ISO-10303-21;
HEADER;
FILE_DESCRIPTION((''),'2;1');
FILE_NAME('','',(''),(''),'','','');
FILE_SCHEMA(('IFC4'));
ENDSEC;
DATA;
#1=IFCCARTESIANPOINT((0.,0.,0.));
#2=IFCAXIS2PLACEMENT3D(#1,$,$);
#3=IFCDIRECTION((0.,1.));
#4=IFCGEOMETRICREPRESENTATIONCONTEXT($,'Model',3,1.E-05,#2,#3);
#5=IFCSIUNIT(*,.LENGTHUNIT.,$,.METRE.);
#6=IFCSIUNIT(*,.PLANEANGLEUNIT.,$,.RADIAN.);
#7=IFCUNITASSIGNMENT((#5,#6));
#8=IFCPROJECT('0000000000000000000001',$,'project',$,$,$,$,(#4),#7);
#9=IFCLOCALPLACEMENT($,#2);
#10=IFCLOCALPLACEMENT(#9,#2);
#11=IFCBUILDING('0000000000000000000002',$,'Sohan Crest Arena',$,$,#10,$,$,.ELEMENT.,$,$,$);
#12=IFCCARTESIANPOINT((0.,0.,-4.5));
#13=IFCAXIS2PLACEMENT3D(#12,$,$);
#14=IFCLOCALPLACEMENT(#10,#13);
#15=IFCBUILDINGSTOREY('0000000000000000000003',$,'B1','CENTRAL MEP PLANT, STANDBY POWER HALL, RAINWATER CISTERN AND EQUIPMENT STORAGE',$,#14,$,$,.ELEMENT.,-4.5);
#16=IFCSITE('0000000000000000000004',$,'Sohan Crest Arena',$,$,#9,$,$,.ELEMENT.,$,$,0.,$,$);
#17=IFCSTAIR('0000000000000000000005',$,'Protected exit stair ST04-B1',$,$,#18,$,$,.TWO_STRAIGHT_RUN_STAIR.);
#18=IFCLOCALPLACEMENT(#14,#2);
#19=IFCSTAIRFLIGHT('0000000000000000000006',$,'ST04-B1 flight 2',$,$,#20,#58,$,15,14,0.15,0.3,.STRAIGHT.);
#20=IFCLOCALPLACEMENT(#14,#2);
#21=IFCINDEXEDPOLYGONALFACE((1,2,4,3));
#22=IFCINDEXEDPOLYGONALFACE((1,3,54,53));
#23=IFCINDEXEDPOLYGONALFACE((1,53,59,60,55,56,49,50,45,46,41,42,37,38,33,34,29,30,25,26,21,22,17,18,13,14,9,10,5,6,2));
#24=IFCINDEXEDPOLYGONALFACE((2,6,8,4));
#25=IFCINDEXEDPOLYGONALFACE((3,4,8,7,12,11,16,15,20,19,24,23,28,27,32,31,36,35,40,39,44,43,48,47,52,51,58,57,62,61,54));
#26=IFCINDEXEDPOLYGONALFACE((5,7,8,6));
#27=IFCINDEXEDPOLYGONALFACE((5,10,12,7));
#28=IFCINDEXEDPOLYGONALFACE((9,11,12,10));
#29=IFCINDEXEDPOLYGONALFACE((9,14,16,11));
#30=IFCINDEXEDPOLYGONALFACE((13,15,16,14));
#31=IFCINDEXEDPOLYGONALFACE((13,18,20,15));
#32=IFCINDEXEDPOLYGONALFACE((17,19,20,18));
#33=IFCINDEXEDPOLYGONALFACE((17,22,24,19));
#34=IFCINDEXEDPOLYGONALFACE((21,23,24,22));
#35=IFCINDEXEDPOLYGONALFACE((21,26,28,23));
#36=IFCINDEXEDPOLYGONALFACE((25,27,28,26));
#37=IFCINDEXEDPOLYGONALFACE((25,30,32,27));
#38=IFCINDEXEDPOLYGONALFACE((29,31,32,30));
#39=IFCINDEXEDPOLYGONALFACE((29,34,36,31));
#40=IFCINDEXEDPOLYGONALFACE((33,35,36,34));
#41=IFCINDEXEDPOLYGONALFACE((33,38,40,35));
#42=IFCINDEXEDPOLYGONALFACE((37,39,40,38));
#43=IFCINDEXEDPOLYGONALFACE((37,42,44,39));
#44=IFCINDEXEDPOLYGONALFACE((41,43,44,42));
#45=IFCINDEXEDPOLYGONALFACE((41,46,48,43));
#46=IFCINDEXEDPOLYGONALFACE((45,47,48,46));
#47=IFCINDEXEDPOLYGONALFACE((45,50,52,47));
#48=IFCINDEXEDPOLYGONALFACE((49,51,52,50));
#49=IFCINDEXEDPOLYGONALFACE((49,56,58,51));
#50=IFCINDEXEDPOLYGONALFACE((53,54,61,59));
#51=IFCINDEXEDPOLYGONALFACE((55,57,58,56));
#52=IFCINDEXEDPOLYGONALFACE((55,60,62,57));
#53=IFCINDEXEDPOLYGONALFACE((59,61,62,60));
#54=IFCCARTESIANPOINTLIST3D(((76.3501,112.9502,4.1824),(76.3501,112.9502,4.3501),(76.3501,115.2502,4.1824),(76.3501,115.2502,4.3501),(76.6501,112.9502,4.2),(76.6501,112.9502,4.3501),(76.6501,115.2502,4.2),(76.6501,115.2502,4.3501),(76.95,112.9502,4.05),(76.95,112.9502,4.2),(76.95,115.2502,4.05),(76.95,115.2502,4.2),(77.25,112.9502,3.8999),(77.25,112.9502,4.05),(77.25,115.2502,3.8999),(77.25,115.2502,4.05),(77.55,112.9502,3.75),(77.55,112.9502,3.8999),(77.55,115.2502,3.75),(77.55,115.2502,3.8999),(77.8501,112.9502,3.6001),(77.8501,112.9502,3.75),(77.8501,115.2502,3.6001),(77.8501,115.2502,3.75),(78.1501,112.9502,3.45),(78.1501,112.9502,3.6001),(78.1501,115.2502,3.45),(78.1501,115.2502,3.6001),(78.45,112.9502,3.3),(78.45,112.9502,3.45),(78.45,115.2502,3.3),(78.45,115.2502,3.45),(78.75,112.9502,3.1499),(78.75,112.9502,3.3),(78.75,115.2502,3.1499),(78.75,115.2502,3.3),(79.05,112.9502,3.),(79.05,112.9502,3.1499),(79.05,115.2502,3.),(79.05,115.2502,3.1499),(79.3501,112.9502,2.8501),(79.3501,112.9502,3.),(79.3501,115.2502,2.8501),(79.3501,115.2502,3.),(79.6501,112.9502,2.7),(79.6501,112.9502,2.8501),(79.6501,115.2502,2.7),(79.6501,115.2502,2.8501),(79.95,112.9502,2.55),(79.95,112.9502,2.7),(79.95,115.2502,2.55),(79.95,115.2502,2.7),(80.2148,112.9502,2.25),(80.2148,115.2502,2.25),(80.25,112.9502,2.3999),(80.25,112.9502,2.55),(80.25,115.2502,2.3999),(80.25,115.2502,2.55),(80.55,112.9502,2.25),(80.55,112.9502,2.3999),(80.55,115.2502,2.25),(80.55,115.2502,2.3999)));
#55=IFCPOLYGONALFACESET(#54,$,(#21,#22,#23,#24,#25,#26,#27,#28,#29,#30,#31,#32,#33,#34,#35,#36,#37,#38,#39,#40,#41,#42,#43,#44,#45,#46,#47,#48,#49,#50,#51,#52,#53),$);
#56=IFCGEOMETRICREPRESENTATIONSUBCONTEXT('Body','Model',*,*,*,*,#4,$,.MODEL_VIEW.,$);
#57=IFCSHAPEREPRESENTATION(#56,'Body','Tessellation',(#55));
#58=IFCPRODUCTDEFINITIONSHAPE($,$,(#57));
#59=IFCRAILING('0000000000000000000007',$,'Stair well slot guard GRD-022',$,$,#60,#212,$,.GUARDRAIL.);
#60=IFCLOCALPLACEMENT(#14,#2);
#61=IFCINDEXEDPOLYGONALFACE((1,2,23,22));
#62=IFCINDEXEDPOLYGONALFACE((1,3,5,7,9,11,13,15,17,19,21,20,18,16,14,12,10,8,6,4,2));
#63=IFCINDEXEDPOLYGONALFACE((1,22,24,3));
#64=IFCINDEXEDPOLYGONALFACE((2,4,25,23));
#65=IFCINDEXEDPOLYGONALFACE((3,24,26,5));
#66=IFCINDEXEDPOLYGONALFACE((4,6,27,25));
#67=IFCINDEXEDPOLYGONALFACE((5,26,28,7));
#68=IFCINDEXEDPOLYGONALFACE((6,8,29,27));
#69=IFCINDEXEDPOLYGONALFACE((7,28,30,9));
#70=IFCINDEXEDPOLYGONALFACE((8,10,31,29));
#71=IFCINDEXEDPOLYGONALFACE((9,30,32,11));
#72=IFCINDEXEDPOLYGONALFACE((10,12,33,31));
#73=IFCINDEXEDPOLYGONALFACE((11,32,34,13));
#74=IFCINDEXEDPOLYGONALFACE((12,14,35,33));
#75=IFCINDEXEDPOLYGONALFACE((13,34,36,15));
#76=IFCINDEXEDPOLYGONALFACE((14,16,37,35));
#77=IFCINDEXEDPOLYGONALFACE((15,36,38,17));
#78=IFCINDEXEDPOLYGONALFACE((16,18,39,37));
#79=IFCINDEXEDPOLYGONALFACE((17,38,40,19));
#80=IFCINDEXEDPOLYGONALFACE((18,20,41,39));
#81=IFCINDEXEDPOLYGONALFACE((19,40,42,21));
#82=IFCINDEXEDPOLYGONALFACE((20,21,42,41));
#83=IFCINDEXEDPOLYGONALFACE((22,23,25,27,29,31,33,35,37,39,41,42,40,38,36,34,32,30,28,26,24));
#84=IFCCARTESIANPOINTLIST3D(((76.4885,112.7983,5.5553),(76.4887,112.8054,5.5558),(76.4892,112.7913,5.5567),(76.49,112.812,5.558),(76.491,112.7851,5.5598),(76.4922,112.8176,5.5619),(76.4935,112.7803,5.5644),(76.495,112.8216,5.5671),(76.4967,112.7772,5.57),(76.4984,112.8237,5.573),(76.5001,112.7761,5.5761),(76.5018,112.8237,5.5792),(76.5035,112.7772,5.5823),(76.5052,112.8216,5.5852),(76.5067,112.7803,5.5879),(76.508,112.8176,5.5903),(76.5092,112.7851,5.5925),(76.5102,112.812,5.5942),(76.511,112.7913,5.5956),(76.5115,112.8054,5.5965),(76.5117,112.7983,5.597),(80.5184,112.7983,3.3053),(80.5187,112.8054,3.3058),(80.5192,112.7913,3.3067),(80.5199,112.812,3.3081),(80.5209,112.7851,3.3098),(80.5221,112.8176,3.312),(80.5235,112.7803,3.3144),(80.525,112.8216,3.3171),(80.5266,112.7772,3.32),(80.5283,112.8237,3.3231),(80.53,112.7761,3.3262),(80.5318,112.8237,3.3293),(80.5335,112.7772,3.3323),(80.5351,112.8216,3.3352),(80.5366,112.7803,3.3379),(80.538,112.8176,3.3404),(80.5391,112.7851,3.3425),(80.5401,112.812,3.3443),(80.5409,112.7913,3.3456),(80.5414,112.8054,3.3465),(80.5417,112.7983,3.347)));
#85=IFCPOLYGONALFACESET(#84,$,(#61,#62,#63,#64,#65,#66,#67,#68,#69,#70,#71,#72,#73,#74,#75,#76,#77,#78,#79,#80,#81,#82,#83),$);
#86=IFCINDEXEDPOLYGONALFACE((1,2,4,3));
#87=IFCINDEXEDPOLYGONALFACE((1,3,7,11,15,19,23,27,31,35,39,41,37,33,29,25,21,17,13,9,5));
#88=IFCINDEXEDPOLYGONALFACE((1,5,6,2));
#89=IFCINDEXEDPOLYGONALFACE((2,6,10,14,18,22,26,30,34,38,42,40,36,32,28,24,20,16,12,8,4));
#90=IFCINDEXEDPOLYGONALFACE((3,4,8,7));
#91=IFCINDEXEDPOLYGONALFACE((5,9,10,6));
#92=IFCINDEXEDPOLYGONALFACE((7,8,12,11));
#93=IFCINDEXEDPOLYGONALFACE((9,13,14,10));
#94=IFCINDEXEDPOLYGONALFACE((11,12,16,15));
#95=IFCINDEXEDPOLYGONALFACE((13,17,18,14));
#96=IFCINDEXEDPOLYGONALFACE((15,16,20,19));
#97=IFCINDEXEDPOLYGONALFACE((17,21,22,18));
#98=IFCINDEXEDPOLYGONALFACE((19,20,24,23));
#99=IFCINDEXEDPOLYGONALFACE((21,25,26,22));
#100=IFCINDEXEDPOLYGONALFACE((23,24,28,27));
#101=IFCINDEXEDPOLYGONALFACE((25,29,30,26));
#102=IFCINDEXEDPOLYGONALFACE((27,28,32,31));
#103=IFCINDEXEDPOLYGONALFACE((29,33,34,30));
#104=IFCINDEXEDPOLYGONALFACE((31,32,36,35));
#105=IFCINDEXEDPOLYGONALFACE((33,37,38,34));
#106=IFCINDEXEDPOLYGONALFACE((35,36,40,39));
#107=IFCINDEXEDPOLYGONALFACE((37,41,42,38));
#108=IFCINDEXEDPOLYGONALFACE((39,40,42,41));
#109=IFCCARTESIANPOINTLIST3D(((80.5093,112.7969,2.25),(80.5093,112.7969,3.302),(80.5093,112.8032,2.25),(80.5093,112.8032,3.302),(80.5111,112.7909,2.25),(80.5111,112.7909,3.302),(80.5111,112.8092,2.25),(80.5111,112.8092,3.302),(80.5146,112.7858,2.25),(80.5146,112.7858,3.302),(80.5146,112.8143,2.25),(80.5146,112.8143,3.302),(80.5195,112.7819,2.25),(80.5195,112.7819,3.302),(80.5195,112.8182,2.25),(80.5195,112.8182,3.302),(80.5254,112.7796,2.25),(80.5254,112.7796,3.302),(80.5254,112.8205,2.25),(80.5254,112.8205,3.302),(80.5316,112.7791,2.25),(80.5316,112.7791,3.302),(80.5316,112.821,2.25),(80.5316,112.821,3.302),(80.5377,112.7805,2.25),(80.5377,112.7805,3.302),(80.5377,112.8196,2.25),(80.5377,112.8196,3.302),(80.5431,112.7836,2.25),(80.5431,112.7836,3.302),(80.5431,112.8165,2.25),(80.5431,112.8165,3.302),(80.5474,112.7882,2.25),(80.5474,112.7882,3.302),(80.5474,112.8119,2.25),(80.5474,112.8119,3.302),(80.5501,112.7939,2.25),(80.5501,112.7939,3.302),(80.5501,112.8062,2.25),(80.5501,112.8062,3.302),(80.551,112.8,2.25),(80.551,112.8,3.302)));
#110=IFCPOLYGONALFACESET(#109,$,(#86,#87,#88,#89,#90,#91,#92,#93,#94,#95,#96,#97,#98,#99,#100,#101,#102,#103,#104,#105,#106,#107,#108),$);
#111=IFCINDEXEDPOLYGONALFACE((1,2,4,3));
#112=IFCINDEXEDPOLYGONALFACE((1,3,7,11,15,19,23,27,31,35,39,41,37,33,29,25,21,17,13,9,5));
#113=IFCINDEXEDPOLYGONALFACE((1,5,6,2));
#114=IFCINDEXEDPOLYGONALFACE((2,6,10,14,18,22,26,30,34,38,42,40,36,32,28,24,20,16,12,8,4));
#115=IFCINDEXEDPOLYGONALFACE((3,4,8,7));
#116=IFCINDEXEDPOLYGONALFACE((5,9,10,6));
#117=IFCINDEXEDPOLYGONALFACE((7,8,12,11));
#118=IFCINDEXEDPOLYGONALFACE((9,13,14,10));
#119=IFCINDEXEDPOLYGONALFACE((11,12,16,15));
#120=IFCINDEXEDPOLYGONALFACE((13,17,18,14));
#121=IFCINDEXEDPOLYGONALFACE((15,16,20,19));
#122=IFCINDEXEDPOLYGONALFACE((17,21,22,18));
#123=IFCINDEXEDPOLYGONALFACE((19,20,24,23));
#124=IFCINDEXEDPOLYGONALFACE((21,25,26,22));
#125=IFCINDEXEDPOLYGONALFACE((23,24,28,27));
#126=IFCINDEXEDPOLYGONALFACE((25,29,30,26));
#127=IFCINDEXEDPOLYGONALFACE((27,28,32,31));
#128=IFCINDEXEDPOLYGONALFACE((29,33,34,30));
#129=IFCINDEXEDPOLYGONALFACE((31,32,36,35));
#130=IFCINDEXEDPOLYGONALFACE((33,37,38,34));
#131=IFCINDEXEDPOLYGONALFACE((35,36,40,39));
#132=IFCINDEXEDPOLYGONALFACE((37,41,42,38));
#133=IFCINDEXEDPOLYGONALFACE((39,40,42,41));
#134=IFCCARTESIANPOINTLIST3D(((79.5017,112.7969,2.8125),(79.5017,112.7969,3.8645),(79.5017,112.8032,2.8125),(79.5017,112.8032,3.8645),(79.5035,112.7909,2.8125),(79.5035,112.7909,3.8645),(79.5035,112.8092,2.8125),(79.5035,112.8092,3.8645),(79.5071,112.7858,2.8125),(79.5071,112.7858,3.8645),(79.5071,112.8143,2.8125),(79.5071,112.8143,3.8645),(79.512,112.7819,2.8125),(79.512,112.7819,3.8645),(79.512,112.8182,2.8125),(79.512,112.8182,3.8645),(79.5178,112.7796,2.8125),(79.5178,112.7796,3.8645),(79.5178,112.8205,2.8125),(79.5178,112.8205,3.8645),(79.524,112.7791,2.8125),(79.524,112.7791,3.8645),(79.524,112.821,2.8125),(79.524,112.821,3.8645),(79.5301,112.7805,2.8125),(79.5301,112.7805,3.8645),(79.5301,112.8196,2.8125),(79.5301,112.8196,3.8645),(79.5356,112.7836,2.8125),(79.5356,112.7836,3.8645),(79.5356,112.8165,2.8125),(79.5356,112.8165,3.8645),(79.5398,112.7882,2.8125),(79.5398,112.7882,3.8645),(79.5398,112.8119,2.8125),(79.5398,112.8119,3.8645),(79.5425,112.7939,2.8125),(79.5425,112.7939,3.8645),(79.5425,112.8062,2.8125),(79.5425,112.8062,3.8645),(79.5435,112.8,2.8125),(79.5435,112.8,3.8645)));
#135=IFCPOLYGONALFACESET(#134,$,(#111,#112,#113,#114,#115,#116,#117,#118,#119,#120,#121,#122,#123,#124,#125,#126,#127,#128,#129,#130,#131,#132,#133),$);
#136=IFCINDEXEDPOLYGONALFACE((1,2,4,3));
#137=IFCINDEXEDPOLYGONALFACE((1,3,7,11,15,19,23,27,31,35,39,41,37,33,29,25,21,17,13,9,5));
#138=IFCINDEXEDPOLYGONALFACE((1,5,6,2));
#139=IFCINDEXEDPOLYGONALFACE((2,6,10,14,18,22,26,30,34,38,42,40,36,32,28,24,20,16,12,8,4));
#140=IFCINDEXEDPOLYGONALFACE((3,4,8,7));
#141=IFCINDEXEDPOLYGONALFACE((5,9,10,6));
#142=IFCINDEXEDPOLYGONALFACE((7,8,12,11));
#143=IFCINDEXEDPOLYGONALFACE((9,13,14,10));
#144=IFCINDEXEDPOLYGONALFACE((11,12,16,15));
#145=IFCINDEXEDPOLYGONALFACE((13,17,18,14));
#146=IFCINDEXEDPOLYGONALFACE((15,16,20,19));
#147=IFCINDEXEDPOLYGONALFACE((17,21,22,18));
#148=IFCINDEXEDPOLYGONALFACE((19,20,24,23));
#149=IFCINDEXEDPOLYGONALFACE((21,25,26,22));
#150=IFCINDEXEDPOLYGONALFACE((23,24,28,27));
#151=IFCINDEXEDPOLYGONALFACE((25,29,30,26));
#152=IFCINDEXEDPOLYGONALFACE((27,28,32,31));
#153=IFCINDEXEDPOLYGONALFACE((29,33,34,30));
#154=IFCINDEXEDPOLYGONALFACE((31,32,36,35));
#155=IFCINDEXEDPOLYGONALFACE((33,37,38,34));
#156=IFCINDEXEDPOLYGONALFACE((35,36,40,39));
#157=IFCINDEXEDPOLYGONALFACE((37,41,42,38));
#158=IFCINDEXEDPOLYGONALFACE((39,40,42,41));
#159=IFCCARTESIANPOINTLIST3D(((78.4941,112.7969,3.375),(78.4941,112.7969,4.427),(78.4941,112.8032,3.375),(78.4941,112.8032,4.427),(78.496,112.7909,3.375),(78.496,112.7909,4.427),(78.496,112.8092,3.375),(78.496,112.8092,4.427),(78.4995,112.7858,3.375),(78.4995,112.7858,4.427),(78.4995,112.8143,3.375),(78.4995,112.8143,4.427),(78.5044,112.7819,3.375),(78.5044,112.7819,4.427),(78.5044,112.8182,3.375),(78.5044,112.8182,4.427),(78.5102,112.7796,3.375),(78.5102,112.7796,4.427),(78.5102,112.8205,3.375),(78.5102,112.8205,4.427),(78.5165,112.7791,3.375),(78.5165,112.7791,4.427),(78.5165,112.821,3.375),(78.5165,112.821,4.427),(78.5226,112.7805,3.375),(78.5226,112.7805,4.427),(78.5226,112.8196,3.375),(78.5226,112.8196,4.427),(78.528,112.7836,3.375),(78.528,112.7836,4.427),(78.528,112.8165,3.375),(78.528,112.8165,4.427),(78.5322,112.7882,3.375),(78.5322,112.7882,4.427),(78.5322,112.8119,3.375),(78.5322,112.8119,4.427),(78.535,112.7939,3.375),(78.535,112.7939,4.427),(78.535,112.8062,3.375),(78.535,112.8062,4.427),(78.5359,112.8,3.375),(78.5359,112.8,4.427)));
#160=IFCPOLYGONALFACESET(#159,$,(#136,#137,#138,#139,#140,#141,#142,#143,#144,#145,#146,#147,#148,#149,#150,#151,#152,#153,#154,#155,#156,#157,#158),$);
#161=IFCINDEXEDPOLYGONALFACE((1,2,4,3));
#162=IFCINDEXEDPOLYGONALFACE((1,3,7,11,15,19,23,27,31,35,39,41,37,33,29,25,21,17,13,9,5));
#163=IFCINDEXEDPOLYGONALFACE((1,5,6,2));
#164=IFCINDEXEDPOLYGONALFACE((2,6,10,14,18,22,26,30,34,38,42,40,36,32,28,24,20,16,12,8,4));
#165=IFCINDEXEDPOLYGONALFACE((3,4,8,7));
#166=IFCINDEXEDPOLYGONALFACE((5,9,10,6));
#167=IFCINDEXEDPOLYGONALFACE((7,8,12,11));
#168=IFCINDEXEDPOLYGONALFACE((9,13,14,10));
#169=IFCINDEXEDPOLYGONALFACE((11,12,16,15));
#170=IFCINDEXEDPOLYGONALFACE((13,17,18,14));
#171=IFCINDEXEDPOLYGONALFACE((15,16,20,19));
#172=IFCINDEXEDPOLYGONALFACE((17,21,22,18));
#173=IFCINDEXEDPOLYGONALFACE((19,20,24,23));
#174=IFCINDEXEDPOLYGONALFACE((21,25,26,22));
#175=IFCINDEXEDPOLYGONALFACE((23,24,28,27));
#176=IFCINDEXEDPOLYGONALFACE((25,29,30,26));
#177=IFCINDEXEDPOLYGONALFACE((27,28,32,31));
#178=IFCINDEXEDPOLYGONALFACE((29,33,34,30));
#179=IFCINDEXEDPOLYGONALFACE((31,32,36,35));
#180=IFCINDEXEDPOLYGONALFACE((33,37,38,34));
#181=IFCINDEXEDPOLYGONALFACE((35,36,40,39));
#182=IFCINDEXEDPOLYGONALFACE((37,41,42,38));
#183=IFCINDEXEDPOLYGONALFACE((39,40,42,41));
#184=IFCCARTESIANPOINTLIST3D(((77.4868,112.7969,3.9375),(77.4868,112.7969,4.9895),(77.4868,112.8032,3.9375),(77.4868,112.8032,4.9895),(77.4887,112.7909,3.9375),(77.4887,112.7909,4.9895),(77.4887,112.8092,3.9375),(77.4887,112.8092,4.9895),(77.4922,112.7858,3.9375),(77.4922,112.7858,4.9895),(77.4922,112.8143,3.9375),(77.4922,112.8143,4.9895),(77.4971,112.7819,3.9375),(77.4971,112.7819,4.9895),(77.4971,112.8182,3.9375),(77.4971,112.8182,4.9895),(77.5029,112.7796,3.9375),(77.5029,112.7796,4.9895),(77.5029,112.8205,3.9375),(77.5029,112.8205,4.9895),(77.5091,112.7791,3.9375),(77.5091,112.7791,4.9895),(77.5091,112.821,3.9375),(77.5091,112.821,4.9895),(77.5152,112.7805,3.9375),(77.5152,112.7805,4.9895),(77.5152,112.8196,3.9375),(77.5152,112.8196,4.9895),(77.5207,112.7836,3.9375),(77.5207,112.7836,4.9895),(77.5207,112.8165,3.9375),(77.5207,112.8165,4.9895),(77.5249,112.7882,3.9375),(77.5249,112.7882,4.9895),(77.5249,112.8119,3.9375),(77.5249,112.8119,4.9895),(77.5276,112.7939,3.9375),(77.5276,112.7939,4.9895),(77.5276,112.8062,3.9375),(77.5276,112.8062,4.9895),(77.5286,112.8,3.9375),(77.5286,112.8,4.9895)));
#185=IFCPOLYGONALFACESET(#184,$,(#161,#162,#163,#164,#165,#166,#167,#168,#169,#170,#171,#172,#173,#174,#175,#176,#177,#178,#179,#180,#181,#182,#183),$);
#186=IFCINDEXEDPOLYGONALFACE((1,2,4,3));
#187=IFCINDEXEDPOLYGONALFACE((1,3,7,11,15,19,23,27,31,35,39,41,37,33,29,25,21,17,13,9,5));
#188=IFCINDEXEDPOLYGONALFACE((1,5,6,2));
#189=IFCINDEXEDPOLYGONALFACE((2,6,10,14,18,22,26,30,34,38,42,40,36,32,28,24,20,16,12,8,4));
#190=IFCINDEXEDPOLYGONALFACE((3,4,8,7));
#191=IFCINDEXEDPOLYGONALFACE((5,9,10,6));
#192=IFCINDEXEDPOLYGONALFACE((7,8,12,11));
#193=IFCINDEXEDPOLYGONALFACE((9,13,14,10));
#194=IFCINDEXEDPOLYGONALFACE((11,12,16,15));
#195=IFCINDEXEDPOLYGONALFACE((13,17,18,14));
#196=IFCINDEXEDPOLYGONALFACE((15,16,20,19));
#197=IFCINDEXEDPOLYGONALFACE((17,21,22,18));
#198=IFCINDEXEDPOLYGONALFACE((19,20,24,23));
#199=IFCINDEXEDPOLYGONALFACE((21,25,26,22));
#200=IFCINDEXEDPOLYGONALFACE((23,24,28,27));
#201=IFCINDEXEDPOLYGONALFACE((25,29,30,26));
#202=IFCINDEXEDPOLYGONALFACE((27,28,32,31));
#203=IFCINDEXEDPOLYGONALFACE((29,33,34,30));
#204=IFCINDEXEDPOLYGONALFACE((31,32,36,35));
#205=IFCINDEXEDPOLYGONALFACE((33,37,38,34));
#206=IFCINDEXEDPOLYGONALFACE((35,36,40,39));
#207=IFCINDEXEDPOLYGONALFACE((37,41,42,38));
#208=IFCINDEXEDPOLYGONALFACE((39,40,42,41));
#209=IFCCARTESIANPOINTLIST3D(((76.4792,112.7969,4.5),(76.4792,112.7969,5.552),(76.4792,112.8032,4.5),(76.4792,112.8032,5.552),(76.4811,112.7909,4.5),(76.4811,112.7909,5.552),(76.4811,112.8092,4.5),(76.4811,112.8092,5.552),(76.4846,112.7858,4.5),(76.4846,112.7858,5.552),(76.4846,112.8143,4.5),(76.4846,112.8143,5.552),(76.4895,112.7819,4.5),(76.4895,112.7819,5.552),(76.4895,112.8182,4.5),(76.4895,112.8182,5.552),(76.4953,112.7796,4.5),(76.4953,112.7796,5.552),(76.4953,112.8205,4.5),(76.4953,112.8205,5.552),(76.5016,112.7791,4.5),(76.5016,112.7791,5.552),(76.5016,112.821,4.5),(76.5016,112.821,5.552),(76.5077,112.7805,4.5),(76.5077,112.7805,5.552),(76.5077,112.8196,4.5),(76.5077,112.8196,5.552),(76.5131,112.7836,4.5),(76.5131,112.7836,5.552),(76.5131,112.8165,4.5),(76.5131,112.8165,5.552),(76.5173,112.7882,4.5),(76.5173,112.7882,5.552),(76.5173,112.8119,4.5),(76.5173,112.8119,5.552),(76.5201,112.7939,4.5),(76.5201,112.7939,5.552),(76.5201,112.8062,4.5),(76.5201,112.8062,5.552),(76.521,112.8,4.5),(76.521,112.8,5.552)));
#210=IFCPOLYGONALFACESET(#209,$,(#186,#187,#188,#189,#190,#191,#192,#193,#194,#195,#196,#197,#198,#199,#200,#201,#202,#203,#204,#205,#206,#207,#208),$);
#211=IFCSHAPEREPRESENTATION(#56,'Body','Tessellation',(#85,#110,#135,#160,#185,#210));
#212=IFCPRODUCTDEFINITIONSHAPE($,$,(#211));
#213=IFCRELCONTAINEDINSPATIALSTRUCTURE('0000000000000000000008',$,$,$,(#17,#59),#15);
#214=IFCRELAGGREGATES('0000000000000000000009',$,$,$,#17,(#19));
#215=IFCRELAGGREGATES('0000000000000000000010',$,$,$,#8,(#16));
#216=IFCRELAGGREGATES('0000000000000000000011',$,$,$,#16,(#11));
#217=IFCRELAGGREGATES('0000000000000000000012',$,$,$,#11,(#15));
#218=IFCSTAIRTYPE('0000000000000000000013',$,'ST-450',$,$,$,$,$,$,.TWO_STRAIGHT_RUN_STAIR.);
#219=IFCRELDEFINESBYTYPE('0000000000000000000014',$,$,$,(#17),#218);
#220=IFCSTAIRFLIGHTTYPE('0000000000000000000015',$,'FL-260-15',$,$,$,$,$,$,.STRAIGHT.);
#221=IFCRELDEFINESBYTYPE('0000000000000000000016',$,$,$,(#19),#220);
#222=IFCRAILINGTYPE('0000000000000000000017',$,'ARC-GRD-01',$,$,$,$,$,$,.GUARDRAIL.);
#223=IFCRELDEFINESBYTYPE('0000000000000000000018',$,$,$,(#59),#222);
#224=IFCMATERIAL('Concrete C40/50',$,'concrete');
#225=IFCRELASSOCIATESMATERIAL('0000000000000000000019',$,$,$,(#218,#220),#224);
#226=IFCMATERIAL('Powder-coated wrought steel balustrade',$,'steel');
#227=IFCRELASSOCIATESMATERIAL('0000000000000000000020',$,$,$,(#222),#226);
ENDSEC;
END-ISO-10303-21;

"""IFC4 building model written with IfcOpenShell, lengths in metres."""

from ifc_helpers import new_model, si_unit, direction, frame, origin, origin_2d, place, context, subcontext, project, spatial, polyline, circle, outline, extrude, material, type_object, element, aggregate, save


model = new_model("IFC4")

# Units and contexts
model_context = context("Model", 3, precision=1e-05, world=origin(), true_north=direction((0.0, 1.0)))
body_context = subcontext(model_context, "Body", "Model", "MODEL_VIEW")
ifc_project = project(units=[si_unit("LENGTHUNIT", "METRE"), si_unit("PLANEANGLEUNIT", "RADIAN")], contexts=[model_context])

# Site, building, storey
site_placement = place(None, origin())
site = spatial("IfcSite", under=ifc_project, at=site_placement, Name="Sohan Crest Arena", CompositionType="ELEMENT", RefElevation=0.0)
building_placement = place(site_placement, origin())
building = spatial("IfcBuilding", under=site, at=building_placement, Name="Sohan Crest Arena", CompositionType="ELEMENT")
storey_placement = place(building_placement, frame((0.0, 0.0, -4.5)))
storey = spatial("IfcBuildingStorey", under=building, at=storey_placement, Name="B1", Description="CENTRAL MEP PLANT, STANDBY POWER HALL, RAINWATER CISTERN AND EQUIPMENT STORAGE", CompositionType="ELEMENT", Elevation=-4.5)

# Shared definitions
ifc_material_1 = material(Name="Concrete C40/50", Category="concrete")

# Stair, stair flight
stair_type = type_object("IfcStairType", Name="ST-450", PredefinedType="TWO_STRAIGHT_RUN_STAIR", material=ifc_material_1)
stair_placement = place(storey_placement, origin())
stair = element("IfcStair", 1, at=stair_placement, inside=storey, type_object=stair_type, Name="Protected exit stair ST04-B1", PredefinedType="TWO_STRAIGHT_RUN_STAIR")
stair_flight_type = type_object("IfcStairFlightType", Name="FL-260-15", PredefinedType="STRAIGHT", material=ifc_material_1)
stair_flight_1_placement = place(storey_placement, frame((80.55, 114.1001, 2.25), z_axis=(0.0, 0.0, 1.0), x_axis=(-1.0, 0.0, 0.0)))
stair_flight_1 = element("IfcStairFlight", 2, at=stair_flight_1_placement, type_object=stair_flight_type, Name="ST04-B1 flight 2", NumberOfRisers=15, NumberOfTreads=14, PredefinedType="STRAIGHT", RiserHeight=0.15, TreadLength=0.3, context=body_context, shape_type="SweptSolid", body=[
    extrude(outline(polyline([(0.0, 0.0), (0.0, 0.1499), (0.3, 0.1499), (0.3, 0.3), (0.6001, 0.3), (0.6001, 0.45), (0.8999, 0.45), (0.8999, 0.6001), (1.2, 0.6001), (1.2, 0.75), (1.5, 0.75), (1.5, 0.8999), (1.8, 0.8999), (1.8, 1.05), (2.1001, 1.05), (2.1001, 1.2), (2.3999, 1.2), (2.3999, 1.3501), (2.7, 1.3501), (2.7, 1.5), (3.0, 1.5), (3.0, 1.6499), (3.3, 1.6499), (3.3, 1.8), (3.6001, 1.8), (3.6001, 1.95), (3.8999, 1.95), (3.8999, 2.1001), (4.2, 2.1001), (4.2, 2.25), (4.2, 1.9324), (0.3352, 0.0), (0.0, 0.0)])), frame((0.0, 1.1499, 0.0), z_axis=(0.0, -1.0, 0.0), x_axis=(1.0, 0.0, 0.0)), (0.0, 0.0, 1.0), 2.3),
])
aggregate(stair, [stair_flight_1])

# Railing
ifc_material_2 = material(Name="Powder-coated wrought steel balustrade", Category="steel")
railing_type_1 = type_object("IfcRailingType", Name="ARC-GRD-01", PredefinedType="GUARDRAIL", material=ifc_material_2)
railing_1_placement = place(storey_placement, frame((80.53, 112.8, 2.25)))
element("IfcRailing", 3, at=railing_1_placement, inside=storey, type_object=railing_type_1, Name="Stair well slot guard GRD-022", PredefinedType="GUARDRAIL", context=body_context, shape_type="SweptSolid", body=[
    extrude(circle(Radius=0.0239, at=origin_2d()), frame((0.0, 0.0, 1.0762), z_axis=(-0.873135, 0.0, 0.487479), x_axis=(0.0, -1.0, 0.0)), (0.0, 0.0, 1.0), 4.6155),
    extrude(circle(Radius=0.021, at=origin_2d()), origin(), (0.0, 0.0, 1.0), 1.052),
    extrude(circle(Radius=0.021, at=origin_2d()), frame((-1.0076, 0.0, 0.5625)), (0.0, 0.0, 1.0), 1.052),
    extrude(circle(Radius=0.021, at=origin_2d()), frame((-2.0151, 0.0, 1.125)), (0.0, 0.0, 1.0), 1.052),
    extrude(circle(Radius=0.021, at=origin_2d()), frame((-3.0225, 0.0, 1.6875)), (0.0, 0.0, 1.0), 1.052),
    extrude(circle(Radius=0.021, at=origin_2d()), frame((-4.03, 0.0, 2.25)), (0.0, 0.0, 1.0), 1.052),
])

save(model, "model.ifc")
